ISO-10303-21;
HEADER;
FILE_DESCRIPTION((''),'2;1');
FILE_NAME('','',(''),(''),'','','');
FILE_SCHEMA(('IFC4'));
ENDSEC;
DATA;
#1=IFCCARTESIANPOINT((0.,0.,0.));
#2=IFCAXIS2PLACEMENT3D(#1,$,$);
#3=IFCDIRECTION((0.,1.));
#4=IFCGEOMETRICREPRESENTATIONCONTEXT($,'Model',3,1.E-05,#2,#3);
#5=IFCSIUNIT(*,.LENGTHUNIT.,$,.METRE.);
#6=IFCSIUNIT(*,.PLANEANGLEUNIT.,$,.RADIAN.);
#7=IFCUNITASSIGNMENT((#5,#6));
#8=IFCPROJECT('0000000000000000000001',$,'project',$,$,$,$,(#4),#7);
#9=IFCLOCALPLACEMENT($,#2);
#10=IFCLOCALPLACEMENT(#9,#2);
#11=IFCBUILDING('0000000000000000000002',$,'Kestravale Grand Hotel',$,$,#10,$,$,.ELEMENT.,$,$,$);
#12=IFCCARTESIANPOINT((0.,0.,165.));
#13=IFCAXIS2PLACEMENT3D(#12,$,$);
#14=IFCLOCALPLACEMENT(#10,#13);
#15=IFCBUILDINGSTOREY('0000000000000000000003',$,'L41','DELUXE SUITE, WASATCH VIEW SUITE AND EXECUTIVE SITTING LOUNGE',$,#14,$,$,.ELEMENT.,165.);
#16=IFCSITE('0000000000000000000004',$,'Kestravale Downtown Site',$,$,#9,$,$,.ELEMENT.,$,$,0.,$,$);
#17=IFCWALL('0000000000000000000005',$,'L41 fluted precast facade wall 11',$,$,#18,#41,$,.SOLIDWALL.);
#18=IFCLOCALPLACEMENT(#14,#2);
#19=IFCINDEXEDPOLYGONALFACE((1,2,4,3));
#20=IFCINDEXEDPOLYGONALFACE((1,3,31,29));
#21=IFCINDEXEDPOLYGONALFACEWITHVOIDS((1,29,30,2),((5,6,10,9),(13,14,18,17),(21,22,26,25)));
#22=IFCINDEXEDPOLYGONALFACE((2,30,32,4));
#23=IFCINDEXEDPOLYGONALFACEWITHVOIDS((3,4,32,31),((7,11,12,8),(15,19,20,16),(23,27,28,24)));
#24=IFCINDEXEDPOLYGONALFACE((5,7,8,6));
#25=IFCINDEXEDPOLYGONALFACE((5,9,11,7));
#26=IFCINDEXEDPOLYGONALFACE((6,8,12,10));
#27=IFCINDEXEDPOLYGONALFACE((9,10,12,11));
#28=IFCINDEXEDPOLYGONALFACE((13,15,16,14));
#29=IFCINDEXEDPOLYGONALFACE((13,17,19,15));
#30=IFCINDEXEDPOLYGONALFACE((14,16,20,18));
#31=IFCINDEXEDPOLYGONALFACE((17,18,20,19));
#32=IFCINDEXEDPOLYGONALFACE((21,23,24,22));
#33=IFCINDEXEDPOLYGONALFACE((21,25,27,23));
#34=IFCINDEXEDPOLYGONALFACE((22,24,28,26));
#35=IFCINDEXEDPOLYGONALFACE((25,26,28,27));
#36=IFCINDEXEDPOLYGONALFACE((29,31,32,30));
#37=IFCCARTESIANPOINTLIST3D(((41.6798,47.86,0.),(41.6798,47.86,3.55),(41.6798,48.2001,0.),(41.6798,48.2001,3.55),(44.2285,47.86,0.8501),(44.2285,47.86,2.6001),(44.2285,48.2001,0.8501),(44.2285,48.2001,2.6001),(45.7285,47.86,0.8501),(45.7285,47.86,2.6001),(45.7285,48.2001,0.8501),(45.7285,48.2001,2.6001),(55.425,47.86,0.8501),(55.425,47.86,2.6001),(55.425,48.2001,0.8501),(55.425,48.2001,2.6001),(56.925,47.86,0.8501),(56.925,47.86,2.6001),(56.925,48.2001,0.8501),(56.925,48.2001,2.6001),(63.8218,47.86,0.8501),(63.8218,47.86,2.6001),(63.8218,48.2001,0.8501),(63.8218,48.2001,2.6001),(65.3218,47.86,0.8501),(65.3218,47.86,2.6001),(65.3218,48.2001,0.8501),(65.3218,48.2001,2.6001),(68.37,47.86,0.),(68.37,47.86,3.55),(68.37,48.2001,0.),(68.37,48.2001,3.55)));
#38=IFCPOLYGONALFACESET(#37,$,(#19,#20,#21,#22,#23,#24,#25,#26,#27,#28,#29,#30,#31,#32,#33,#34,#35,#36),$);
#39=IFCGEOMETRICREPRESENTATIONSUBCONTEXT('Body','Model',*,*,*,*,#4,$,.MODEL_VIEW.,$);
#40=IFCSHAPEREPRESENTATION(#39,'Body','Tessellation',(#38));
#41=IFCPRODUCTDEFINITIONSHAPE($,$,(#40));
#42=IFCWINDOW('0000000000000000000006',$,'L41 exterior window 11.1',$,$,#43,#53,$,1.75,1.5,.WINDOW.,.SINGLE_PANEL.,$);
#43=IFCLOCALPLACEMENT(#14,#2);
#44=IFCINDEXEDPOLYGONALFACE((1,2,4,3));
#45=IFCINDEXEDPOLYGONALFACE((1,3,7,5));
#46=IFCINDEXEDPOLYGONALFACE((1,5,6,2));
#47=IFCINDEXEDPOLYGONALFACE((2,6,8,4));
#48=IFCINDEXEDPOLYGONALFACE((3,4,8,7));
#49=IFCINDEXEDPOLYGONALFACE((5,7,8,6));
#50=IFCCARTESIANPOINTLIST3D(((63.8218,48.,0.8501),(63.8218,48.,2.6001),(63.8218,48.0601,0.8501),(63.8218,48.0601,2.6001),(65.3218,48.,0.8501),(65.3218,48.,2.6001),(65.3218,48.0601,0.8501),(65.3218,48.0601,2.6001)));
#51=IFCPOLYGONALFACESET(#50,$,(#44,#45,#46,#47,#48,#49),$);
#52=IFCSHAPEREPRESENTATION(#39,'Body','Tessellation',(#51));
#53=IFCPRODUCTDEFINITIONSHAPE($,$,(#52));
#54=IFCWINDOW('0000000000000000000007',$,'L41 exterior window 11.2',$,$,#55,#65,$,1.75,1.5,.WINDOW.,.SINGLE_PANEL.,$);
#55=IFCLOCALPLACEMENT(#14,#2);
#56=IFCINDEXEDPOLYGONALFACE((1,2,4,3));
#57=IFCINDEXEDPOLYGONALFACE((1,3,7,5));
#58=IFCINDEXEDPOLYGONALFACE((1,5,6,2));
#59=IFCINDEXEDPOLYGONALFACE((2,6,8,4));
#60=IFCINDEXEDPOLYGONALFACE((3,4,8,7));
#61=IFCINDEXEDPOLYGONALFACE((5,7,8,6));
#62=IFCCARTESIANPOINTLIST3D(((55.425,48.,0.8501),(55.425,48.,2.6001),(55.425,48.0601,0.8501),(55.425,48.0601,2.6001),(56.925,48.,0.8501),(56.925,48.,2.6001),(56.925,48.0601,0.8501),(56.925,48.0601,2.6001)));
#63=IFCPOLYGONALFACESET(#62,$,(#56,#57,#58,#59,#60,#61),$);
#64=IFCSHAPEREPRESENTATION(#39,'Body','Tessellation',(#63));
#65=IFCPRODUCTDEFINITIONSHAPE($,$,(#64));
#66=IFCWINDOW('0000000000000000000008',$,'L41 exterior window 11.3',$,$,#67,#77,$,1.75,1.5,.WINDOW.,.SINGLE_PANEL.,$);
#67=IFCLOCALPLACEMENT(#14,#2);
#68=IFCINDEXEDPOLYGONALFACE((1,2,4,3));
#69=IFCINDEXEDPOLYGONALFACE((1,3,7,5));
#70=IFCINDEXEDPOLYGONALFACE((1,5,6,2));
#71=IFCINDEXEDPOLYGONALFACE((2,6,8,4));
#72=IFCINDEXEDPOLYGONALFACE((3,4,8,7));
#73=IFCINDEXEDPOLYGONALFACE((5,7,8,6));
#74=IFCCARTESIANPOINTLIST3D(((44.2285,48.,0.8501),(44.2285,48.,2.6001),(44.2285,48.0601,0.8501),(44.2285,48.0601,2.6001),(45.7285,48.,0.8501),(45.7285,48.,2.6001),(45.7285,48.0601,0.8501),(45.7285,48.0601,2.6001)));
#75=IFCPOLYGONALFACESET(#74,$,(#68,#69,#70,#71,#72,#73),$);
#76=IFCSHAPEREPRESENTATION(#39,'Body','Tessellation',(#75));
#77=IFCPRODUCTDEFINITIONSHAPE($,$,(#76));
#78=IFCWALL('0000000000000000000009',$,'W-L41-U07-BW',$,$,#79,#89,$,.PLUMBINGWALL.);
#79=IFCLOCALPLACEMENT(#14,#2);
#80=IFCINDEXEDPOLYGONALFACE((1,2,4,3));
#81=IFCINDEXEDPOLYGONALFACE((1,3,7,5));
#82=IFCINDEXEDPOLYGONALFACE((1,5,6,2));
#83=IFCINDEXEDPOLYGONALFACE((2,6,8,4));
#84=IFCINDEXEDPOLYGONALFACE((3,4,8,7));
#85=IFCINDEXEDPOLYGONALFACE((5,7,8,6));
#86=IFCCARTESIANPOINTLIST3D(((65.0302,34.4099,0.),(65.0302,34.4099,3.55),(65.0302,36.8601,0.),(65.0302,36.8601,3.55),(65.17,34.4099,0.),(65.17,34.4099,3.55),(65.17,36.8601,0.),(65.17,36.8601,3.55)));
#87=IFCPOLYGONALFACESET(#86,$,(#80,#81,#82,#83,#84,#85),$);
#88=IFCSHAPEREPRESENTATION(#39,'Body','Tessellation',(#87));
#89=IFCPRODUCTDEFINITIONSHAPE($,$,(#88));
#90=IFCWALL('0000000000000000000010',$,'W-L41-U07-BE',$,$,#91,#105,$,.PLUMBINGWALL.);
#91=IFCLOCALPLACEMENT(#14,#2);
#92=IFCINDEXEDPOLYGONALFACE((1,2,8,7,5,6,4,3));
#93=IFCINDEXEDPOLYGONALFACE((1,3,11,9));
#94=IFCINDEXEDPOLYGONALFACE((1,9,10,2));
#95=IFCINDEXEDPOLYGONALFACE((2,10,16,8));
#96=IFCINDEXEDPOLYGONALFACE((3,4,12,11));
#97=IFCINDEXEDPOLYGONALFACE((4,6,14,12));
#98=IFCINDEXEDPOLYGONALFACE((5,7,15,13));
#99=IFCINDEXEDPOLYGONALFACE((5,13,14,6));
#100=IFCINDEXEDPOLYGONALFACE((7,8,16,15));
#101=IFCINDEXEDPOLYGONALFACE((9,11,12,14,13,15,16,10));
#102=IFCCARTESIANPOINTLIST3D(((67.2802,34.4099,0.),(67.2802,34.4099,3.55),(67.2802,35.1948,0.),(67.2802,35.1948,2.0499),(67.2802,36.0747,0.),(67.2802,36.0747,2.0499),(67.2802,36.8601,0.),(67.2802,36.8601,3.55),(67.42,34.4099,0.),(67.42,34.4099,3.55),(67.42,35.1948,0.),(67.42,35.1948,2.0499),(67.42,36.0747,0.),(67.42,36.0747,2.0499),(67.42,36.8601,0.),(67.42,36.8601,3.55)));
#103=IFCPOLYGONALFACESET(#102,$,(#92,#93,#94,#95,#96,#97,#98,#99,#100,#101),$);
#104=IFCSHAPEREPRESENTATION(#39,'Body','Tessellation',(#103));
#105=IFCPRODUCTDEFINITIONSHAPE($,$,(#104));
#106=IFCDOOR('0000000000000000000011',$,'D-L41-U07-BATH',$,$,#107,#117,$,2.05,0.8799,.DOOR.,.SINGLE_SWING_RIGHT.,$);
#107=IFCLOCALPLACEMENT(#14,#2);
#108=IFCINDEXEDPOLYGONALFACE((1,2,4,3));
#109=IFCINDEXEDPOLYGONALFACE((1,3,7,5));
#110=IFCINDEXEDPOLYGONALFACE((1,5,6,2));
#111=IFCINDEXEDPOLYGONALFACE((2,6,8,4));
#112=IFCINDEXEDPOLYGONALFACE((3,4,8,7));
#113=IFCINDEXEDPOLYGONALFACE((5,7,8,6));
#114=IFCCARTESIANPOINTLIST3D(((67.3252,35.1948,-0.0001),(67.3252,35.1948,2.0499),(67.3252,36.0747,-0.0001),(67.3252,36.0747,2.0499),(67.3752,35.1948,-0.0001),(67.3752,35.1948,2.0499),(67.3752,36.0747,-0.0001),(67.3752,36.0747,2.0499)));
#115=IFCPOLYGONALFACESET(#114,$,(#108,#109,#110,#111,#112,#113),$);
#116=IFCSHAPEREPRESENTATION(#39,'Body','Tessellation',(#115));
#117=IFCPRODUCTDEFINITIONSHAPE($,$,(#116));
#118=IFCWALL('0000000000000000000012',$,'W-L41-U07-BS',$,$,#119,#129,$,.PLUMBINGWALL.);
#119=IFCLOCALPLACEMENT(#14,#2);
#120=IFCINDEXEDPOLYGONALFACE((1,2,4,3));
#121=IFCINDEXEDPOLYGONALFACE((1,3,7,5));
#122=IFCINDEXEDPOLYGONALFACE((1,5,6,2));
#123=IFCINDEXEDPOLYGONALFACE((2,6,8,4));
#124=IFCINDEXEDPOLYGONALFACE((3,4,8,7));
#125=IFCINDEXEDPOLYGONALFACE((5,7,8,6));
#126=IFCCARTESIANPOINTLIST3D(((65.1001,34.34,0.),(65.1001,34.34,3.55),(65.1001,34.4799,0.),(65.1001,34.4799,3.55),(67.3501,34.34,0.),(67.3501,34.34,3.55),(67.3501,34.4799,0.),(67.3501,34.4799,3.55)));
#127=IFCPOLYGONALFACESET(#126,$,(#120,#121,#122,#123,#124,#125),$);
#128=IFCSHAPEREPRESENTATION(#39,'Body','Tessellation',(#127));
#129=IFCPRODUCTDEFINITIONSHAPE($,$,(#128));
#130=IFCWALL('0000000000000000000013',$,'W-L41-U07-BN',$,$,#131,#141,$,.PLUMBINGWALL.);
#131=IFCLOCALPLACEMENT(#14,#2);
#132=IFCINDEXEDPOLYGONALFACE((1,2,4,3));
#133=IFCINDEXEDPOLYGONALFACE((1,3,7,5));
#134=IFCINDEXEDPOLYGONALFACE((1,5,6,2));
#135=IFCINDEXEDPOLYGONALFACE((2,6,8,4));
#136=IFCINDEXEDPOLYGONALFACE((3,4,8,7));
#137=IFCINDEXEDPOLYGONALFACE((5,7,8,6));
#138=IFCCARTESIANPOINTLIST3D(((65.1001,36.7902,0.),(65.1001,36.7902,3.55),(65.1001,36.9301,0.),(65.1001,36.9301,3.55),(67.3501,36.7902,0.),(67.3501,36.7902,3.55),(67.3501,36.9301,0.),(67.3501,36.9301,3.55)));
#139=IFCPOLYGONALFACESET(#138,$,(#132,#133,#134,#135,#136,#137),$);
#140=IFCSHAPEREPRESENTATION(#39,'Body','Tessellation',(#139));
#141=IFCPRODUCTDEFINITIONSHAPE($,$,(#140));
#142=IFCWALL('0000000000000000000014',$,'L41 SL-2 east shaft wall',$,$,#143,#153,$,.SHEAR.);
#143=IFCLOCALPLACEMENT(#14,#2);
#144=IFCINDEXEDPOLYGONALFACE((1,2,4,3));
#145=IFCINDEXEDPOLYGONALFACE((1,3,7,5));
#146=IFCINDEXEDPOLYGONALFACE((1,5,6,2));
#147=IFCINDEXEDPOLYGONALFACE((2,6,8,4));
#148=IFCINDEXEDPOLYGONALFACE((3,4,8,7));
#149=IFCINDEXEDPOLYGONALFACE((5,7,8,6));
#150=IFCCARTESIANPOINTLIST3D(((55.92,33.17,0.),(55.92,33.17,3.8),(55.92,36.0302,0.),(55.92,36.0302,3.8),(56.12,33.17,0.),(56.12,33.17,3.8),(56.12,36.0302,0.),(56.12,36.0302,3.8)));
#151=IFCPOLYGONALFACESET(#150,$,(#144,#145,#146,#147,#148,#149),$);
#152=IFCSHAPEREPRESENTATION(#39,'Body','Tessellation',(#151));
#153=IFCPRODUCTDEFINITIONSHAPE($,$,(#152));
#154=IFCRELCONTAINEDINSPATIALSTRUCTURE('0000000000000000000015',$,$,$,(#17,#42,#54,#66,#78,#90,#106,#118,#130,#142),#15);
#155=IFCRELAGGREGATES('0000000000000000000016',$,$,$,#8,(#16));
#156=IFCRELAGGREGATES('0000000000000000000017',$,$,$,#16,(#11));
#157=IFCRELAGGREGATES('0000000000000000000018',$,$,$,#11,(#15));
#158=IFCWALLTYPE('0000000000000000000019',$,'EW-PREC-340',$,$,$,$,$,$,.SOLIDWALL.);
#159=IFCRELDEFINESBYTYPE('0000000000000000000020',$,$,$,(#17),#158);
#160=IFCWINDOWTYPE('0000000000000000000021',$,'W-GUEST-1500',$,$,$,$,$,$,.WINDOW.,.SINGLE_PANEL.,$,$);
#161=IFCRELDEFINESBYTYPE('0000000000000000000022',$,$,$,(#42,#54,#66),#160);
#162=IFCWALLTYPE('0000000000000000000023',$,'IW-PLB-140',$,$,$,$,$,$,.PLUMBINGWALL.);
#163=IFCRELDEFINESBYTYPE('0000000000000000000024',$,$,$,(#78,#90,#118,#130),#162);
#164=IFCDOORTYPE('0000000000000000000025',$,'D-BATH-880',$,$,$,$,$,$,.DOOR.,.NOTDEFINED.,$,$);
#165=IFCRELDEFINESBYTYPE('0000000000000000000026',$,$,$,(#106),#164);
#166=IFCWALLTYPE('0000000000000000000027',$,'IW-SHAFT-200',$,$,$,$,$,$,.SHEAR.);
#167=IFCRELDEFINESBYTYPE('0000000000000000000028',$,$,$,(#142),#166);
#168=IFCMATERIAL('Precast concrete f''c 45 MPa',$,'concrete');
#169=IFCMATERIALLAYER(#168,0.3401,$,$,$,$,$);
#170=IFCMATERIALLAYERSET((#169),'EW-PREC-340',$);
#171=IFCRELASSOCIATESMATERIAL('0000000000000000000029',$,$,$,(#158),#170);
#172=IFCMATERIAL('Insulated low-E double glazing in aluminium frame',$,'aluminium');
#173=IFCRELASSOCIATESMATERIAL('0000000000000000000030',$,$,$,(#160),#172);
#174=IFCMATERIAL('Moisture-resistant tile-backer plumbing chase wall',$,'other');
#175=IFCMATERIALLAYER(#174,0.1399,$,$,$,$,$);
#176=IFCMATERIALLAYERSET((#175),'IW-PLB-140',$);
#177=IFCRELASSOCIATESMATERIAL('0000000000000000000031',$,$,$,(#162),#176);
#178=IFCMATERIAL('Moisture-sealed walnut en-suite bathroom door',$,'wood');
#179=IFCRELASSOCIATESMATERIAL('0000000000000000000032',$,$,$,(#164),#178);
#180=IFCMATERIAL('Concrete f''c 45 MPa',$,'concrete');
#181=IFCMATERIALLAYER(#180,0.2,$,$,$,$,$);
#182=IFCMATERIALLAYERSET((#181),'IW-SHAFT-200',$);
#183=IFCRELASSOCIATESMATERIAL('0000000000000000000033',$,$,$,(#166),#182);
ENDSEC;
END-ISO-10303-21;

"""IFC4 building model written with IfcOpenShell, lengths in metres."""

from ifc_helpers import new_model, si_unit, direction, frame, frame_2d, origin, place, context, subcontext, project, spatial, rectangle, extrude, material, layer, layer_set, type_object, element, fill, save


model = new_model("IFC4")

# Units and contexts
model_context = context("Model", 3, precision=1e-05, world=origin(), true_north=direction((0.0, 1.0)))
body_context = subcontext(model_context, "Body", "Model", "MODEL_VIEW")
ifc_project = project(units=[si_unit("LENGTHUNIT", "METRE"), si_unit("PLANEANGLEUNIT", "RADIAN")], contexts=[model_context])

# Site, building, storey
site_placement = place(None, origin())
site = spatial("IfcSite", under=ifc_project, at=site_placement, Name="Kestravale Downtown Site", CompositionType="ELEMENT", RefElevation=0.0)
building_placement = place(site_placement, origin())
building = spatial("IfcBuilding", under=site, at=building_placement, Name="Kestravale Grand Hotel", CompositionType="ELEMENT")
storey_placement = place(building_placement, frame((0.0, 0.0, 165.0)))
storey = spatial("IfcBuildingStorey", under=building, at=storey_placement, Name="L41", Description="DELUXE SUITE, WASATCH VIEW SUITE AND EXECUTIVE SITTING LOUNGE", CompositionType="ELEMENT", Elevation=165.0)

# Shared definitions
ifc_material_1 = material(Name="Precast concrete f'c 45 MPa", Category="concrete")
ifc_layer_1 = layer(ifc_material_1, 0.3401)
ifc_layer_set_1 = layer_set([ifc_layer_1], Name="EW-PREC-340")
wall_type_1 = type_object("IfcWallType", Name="EW-PREC-340", PredefinedType="SOLIDWALL", material=ifc_layer_set_1)
ifc_material_2 = material(Name="Insulated low-E double glazing in aluminium frame", Category="aluminium")
window_type = type_object("IfcWindowType", Name="W-GUEST-1500", PartitioningType="SINGLE_PANEL", PredefinedType="WINDOW", material=ifc_material_2)

# Wall, openings, windows
wall_1_placement = place(storey_placement, frame((68.3701, 48.03, 0.0), z_axis=(0.0, 0.0, 1.0), x_axis=(-1.0, 0.0, 0.0)))
wall_1 = element("IfcWall", 1, at=wall_1_placement, inside=storey, type_object=wall_type_1, Name="L41 fluted precast facade wall 11", PredefinedType="SOLIDWALL", context=body_context, shape_type="SweptSolid", body=[
    extrude(rectangle(XDim=26.6902, YDim=0.3401, at=frame_2d((13.3452, 0.0))), origin(), (0.0, 0.0, 1.0), 3.55),
])
opening_1_placement = place(wall_1_placement, frame((3.0483, 0.0, 0.8501)))
opening_1 = element("IfcOpeningElement", 2, at=opening_1_placement, cuts=wall_1, PredefinedType="OPENING", context=body_context, shape_type="SweptSolid", body=[
    extrude(rectangle(XDim=1.5, YDim=1.75, at=frame_2d((0.75, 0.875))), frame((0.0, 0.1799, 0.0), z_axis=(0.0, -1.0, 0.0), x_axis=(1.0, 0.0, 0.0)), (0.0, 0.0, 1.0), 0.3601),
])
opening_2_placement = place(wall_1_placement, frame((11.4451, 0.0, 0.8501)))
opening_2 = element("IfcOpeningElement", 3, at=opening_2_placement, cuts=wall_1, PredefinedType="OPENING", context=body_context, shape_type="SweptSolid", body=[
    extrude(rectangle(XDim=1.5, YDim=1.75, at=frame_2d((0.75, 0.875))), frame((0.0, 0.1799, 0.0), z_axis=(0.0, -1.0, 0.0), x_axis=(1.0, 0.0, 0.0)), (0.0, 0.0, 1.0), 0.3601),
])
opening_3_placement = place(wall_1_placement, frame((22.6416, 0.0, 0.8501)))
opening_3 = element("IfcOpeningElement", 4, at=opening_3_placement, cuts=wall_1, PredefinedType="OPENING", context=body_context, shape_type="SweptSolid", body=[
    extrude(rectangle(XDim=1.5, YDim=1.75, at=frame_2d((0.75, 0.875))), frame((0.0, 0.1799, 0.0), z_axis=(0.0, -1.0, 0.0), x_axis=(1.0, 0.0, 0.0)), (0.0, 0.0, 1.0), 0.3601),
])
window_1_placement = place(opening_1_placement, origin())
window_1 = element("IfcWindow", 5, at=window_1_placement, inside=storey, type_object=window_type, Name="L41 exterior window 11.1", OverallHeight=1.75, OverallWidth=1.5, PartitioningType="SINGLE_PANEL", PredefinedType="WINDOW", context=body_context, shape_type="SweptSolid", body=[
    extrude(rectangle(XDim=1.5, YDim=1.75, at=frame_2d((0.75, 0.875))), frame((0.0, 0.03, 0.0), z_axis=(0.0, -1.0, 0.0), x_axis=(1.0, 0.0, 0.0)), (0.0, 0.0, 1.0), 0.0601),
])
fill(opening_1, window_1)
window_2_placement = place(opening_2_placement, origin())
window_2 = element("IfcWindow", 6, at=window_2_placement, inside=storey, type_object=window_type, Name="L41 exterior window 11.2", OverallHeight=1.75, OverallWidth=1.5, PartitioningType="SINGLE_PANEL", PredefinedType="WINDOW", context=body_context, shape_type="SweptSolid", body=[
    extrude(rectangle(XDim=1.5, YDim=1.75, at=frame_2d((0.75, 0.875))), frame((0.0, 0.03, 0.0), z_axis=(0.0, -1.0, 0.0), x_axis=(1.0, 0.0, 0.0)), (0.0, 0.0, 1.0), 0.0601),
])
fill(opening_2, window_2)
window_3_placement = place(opening_3_placement, origin())
window_3 = element("IfcWindow", 7, at=window_3_placement, inside=storey, type_object=window_type, Name="L41 exterior window 11.3", OverallHeight=1.75, OverallWidth=1.5, PartitioningType="SINGLE_PANEL", PredefinedType="WINDOW", context=body_context, shape_type="SweptSolid", body=[
    extrude(rectangle(XDim=1.5, YDim=1.75, at=frame_2d((0.75, 0.875))), frame((0.0, 0.03, 0.0), z_axis=(0.0, -1.0, 0.0), x_axis=(1.0, 0.0, 0.0)), (0.0, 0.0, 1.0), 0.0601),
])
fill(opening_3, window_3)

# Wall
ifc_material_3 = material(Name="Moisture-resistant tile-backer plumbing chase wall", Category="other")
ifc_layer_2 = layer(ifc_material_3, 0.1399)
ifc_layer_set_2 = layer_set([ifc_layer_2], Name="IW-PLB-140")
wall_type_2 = type_object("IfcWallType", Name="IW-PLB-140", PredefinedType="PLUMBINGWALL", material=ifc_layer_set_2)
wall_2_placement = place(storey_placement, frame((65.1001, 34.4099, 0.0), z_axis=(0.0, 0.0, 1.0), x_axis=(0.0, 1.0, 0.0)))
element("IfcWall", 8, at=wall_2_placement, inside=storey, type_object=wall_type_2, Name="W-L41-U07-BW", PredefinedType="PLUMBINGWALL", context=body_context, shape_type="SweptSolid", body=[
    extrude(rectangle(XDim=2.4502, YDim=0.1399, at=frame_2d((1.2251, 0.0))), origin(), (0.0, 0.0, 1.0), 3.55),
])

# Wall, opening, door
wall_3_placement = place(storey_placement, frame((67.3501, 34.4099, 0.0), z_axis=(0.0, 0.0, 1.0), x_axis=(0.0, 1.0, 0.0)))
wall_3 = element("IfcWall", 9, at=wall_3_placement, inside=storey, type_object=wall_type_2, Name="W-L41-U07-BE", PredefinedType="PLUMBINGWALL", context=body_context, shape_type="SweptSolid", body=[
    extrude(rectangle(XDim=2.4502, YDim=0.1399, at=frame_2d((1.2251, 0.0))), origin(), (0.0, 0.0, 1.0), 3.55),
])
opening_4_placement = place(wall_3_placement, frame((0.7849, 0.0, 0.0)))
opening_4 = element("IfcOpeningElement", 10, at=opening_4_placement, cuts=wall_3, PredefinedType="OPENING", context=body_context, shape_type="SweptSolid", body=[
    extrude(rectangle(XDim=0.8799, YDim=2.05, at=frame_2d((0.4399, 1.0249))), frame((0.0, 0.0798, 0.0), z_axis=(0.0, -1.0, 0.0), x_axis=(1.0, 0.0, 0.0)), (0.0, 0.0, 1.0), 0.1599),
])
ifc_material_4 = material(Name="Moisture-sealed walnut en-suite bathroom door", Category="wood")
door_type_1 = type_object("IfcDoorType", Name="D-BATH-880", OperationType="NOTDEFINED", PredefinedType="DOOR", material=ifc_material_4)
door_1_placement = place(opening_4_placement, origin())
door_1 = element("IfcDoor", 11, at=door_1_placement, inside=storey, type_object=door_type_1, Name="D-L41-U07-BATH", OperationType="SINGLE_SWING_RIGHT", OverallHeight=2.05, OverallWidth=0.8799, PredefinedType="DOOR", context=body_context, shape_type="SweptSolid", body=[
    extrude(rectangle(XDim=0.8799, YDim=2.05, at=frame_2d((0.4399, 1.0249))), frame((0.0, 0.0249, 0.0), z_axis=(0.0, -1.0, 0.0), x_axis=(1.0, 0.0, 0.0)), (0.0, 0.0, 1.0), 0.05),
])
fill(opening_4, door_1)

# Walls
for number, where, z_axis, x_axis, name in (
    (12, (65.1001, 34.4099, 0.0), (0.0, 0.0, 1.0), (1.0, 0.0, 0.0), "W-L41-U07-BS"),
    (13, (65.1001, 36.8601, 0.0), (0.0, 0.0, 1.0), (1.0, 0.0, 0.0), "W-L41-U07-BN"),
):
    element("IfcWall", number, at=place(storey_placement, frame(where, z_axis=z_axis, x_axis=x_axis)), inside=storey, type_object=wall_type_2, Name=name, PredefinedType="PLUMBINGWALL", context=body_context, shape_type="SweptSolid", body=[
        extrude(rectangle(XDim=2.25, YDim=0.1399, at=frame_2d((1.125, 0.0))), origin(), (0.0, 0.0, 1.0), 3.55),
    ])
ifc_material_5 = material(Name="Concrete f'c 45 MPa", Category="concrete")
ifc_layer_3 = layer(ifc_material_5, 0.2)
ifc_layer_set_3 = layer_set([ifc_layer_3], Name="IW-SHAFT-200")
wall_type_3 = type_object("IfcWallType", Name="IW-SHAFT-200", PredefinedType="SHEAR", material=ifc_layer_set_3)
wall_4_placement = place(storey_placement, frame((56.02, 33.1699, 0.0), z_axis=(0.0, 0.0, 1.0), x_axis=(0.0, 1.0, 0.0)))
element("IfcWall", 14, at=wall_4_placement, inside=storey, type_object=wall_type_3, Name="L41 SL-2 east shaft wall", PredefinedType="SHEAR", context=body_context, shape_type="SweptSolid", body=[
    extrude(rectangle(XDim=2.8601, YDim=0.2, at=frame_2d((1.4302, 0.0))), origin(), (0.0, 0.0, 1.0), 3.8),
])

save(model, "model.ifc")
